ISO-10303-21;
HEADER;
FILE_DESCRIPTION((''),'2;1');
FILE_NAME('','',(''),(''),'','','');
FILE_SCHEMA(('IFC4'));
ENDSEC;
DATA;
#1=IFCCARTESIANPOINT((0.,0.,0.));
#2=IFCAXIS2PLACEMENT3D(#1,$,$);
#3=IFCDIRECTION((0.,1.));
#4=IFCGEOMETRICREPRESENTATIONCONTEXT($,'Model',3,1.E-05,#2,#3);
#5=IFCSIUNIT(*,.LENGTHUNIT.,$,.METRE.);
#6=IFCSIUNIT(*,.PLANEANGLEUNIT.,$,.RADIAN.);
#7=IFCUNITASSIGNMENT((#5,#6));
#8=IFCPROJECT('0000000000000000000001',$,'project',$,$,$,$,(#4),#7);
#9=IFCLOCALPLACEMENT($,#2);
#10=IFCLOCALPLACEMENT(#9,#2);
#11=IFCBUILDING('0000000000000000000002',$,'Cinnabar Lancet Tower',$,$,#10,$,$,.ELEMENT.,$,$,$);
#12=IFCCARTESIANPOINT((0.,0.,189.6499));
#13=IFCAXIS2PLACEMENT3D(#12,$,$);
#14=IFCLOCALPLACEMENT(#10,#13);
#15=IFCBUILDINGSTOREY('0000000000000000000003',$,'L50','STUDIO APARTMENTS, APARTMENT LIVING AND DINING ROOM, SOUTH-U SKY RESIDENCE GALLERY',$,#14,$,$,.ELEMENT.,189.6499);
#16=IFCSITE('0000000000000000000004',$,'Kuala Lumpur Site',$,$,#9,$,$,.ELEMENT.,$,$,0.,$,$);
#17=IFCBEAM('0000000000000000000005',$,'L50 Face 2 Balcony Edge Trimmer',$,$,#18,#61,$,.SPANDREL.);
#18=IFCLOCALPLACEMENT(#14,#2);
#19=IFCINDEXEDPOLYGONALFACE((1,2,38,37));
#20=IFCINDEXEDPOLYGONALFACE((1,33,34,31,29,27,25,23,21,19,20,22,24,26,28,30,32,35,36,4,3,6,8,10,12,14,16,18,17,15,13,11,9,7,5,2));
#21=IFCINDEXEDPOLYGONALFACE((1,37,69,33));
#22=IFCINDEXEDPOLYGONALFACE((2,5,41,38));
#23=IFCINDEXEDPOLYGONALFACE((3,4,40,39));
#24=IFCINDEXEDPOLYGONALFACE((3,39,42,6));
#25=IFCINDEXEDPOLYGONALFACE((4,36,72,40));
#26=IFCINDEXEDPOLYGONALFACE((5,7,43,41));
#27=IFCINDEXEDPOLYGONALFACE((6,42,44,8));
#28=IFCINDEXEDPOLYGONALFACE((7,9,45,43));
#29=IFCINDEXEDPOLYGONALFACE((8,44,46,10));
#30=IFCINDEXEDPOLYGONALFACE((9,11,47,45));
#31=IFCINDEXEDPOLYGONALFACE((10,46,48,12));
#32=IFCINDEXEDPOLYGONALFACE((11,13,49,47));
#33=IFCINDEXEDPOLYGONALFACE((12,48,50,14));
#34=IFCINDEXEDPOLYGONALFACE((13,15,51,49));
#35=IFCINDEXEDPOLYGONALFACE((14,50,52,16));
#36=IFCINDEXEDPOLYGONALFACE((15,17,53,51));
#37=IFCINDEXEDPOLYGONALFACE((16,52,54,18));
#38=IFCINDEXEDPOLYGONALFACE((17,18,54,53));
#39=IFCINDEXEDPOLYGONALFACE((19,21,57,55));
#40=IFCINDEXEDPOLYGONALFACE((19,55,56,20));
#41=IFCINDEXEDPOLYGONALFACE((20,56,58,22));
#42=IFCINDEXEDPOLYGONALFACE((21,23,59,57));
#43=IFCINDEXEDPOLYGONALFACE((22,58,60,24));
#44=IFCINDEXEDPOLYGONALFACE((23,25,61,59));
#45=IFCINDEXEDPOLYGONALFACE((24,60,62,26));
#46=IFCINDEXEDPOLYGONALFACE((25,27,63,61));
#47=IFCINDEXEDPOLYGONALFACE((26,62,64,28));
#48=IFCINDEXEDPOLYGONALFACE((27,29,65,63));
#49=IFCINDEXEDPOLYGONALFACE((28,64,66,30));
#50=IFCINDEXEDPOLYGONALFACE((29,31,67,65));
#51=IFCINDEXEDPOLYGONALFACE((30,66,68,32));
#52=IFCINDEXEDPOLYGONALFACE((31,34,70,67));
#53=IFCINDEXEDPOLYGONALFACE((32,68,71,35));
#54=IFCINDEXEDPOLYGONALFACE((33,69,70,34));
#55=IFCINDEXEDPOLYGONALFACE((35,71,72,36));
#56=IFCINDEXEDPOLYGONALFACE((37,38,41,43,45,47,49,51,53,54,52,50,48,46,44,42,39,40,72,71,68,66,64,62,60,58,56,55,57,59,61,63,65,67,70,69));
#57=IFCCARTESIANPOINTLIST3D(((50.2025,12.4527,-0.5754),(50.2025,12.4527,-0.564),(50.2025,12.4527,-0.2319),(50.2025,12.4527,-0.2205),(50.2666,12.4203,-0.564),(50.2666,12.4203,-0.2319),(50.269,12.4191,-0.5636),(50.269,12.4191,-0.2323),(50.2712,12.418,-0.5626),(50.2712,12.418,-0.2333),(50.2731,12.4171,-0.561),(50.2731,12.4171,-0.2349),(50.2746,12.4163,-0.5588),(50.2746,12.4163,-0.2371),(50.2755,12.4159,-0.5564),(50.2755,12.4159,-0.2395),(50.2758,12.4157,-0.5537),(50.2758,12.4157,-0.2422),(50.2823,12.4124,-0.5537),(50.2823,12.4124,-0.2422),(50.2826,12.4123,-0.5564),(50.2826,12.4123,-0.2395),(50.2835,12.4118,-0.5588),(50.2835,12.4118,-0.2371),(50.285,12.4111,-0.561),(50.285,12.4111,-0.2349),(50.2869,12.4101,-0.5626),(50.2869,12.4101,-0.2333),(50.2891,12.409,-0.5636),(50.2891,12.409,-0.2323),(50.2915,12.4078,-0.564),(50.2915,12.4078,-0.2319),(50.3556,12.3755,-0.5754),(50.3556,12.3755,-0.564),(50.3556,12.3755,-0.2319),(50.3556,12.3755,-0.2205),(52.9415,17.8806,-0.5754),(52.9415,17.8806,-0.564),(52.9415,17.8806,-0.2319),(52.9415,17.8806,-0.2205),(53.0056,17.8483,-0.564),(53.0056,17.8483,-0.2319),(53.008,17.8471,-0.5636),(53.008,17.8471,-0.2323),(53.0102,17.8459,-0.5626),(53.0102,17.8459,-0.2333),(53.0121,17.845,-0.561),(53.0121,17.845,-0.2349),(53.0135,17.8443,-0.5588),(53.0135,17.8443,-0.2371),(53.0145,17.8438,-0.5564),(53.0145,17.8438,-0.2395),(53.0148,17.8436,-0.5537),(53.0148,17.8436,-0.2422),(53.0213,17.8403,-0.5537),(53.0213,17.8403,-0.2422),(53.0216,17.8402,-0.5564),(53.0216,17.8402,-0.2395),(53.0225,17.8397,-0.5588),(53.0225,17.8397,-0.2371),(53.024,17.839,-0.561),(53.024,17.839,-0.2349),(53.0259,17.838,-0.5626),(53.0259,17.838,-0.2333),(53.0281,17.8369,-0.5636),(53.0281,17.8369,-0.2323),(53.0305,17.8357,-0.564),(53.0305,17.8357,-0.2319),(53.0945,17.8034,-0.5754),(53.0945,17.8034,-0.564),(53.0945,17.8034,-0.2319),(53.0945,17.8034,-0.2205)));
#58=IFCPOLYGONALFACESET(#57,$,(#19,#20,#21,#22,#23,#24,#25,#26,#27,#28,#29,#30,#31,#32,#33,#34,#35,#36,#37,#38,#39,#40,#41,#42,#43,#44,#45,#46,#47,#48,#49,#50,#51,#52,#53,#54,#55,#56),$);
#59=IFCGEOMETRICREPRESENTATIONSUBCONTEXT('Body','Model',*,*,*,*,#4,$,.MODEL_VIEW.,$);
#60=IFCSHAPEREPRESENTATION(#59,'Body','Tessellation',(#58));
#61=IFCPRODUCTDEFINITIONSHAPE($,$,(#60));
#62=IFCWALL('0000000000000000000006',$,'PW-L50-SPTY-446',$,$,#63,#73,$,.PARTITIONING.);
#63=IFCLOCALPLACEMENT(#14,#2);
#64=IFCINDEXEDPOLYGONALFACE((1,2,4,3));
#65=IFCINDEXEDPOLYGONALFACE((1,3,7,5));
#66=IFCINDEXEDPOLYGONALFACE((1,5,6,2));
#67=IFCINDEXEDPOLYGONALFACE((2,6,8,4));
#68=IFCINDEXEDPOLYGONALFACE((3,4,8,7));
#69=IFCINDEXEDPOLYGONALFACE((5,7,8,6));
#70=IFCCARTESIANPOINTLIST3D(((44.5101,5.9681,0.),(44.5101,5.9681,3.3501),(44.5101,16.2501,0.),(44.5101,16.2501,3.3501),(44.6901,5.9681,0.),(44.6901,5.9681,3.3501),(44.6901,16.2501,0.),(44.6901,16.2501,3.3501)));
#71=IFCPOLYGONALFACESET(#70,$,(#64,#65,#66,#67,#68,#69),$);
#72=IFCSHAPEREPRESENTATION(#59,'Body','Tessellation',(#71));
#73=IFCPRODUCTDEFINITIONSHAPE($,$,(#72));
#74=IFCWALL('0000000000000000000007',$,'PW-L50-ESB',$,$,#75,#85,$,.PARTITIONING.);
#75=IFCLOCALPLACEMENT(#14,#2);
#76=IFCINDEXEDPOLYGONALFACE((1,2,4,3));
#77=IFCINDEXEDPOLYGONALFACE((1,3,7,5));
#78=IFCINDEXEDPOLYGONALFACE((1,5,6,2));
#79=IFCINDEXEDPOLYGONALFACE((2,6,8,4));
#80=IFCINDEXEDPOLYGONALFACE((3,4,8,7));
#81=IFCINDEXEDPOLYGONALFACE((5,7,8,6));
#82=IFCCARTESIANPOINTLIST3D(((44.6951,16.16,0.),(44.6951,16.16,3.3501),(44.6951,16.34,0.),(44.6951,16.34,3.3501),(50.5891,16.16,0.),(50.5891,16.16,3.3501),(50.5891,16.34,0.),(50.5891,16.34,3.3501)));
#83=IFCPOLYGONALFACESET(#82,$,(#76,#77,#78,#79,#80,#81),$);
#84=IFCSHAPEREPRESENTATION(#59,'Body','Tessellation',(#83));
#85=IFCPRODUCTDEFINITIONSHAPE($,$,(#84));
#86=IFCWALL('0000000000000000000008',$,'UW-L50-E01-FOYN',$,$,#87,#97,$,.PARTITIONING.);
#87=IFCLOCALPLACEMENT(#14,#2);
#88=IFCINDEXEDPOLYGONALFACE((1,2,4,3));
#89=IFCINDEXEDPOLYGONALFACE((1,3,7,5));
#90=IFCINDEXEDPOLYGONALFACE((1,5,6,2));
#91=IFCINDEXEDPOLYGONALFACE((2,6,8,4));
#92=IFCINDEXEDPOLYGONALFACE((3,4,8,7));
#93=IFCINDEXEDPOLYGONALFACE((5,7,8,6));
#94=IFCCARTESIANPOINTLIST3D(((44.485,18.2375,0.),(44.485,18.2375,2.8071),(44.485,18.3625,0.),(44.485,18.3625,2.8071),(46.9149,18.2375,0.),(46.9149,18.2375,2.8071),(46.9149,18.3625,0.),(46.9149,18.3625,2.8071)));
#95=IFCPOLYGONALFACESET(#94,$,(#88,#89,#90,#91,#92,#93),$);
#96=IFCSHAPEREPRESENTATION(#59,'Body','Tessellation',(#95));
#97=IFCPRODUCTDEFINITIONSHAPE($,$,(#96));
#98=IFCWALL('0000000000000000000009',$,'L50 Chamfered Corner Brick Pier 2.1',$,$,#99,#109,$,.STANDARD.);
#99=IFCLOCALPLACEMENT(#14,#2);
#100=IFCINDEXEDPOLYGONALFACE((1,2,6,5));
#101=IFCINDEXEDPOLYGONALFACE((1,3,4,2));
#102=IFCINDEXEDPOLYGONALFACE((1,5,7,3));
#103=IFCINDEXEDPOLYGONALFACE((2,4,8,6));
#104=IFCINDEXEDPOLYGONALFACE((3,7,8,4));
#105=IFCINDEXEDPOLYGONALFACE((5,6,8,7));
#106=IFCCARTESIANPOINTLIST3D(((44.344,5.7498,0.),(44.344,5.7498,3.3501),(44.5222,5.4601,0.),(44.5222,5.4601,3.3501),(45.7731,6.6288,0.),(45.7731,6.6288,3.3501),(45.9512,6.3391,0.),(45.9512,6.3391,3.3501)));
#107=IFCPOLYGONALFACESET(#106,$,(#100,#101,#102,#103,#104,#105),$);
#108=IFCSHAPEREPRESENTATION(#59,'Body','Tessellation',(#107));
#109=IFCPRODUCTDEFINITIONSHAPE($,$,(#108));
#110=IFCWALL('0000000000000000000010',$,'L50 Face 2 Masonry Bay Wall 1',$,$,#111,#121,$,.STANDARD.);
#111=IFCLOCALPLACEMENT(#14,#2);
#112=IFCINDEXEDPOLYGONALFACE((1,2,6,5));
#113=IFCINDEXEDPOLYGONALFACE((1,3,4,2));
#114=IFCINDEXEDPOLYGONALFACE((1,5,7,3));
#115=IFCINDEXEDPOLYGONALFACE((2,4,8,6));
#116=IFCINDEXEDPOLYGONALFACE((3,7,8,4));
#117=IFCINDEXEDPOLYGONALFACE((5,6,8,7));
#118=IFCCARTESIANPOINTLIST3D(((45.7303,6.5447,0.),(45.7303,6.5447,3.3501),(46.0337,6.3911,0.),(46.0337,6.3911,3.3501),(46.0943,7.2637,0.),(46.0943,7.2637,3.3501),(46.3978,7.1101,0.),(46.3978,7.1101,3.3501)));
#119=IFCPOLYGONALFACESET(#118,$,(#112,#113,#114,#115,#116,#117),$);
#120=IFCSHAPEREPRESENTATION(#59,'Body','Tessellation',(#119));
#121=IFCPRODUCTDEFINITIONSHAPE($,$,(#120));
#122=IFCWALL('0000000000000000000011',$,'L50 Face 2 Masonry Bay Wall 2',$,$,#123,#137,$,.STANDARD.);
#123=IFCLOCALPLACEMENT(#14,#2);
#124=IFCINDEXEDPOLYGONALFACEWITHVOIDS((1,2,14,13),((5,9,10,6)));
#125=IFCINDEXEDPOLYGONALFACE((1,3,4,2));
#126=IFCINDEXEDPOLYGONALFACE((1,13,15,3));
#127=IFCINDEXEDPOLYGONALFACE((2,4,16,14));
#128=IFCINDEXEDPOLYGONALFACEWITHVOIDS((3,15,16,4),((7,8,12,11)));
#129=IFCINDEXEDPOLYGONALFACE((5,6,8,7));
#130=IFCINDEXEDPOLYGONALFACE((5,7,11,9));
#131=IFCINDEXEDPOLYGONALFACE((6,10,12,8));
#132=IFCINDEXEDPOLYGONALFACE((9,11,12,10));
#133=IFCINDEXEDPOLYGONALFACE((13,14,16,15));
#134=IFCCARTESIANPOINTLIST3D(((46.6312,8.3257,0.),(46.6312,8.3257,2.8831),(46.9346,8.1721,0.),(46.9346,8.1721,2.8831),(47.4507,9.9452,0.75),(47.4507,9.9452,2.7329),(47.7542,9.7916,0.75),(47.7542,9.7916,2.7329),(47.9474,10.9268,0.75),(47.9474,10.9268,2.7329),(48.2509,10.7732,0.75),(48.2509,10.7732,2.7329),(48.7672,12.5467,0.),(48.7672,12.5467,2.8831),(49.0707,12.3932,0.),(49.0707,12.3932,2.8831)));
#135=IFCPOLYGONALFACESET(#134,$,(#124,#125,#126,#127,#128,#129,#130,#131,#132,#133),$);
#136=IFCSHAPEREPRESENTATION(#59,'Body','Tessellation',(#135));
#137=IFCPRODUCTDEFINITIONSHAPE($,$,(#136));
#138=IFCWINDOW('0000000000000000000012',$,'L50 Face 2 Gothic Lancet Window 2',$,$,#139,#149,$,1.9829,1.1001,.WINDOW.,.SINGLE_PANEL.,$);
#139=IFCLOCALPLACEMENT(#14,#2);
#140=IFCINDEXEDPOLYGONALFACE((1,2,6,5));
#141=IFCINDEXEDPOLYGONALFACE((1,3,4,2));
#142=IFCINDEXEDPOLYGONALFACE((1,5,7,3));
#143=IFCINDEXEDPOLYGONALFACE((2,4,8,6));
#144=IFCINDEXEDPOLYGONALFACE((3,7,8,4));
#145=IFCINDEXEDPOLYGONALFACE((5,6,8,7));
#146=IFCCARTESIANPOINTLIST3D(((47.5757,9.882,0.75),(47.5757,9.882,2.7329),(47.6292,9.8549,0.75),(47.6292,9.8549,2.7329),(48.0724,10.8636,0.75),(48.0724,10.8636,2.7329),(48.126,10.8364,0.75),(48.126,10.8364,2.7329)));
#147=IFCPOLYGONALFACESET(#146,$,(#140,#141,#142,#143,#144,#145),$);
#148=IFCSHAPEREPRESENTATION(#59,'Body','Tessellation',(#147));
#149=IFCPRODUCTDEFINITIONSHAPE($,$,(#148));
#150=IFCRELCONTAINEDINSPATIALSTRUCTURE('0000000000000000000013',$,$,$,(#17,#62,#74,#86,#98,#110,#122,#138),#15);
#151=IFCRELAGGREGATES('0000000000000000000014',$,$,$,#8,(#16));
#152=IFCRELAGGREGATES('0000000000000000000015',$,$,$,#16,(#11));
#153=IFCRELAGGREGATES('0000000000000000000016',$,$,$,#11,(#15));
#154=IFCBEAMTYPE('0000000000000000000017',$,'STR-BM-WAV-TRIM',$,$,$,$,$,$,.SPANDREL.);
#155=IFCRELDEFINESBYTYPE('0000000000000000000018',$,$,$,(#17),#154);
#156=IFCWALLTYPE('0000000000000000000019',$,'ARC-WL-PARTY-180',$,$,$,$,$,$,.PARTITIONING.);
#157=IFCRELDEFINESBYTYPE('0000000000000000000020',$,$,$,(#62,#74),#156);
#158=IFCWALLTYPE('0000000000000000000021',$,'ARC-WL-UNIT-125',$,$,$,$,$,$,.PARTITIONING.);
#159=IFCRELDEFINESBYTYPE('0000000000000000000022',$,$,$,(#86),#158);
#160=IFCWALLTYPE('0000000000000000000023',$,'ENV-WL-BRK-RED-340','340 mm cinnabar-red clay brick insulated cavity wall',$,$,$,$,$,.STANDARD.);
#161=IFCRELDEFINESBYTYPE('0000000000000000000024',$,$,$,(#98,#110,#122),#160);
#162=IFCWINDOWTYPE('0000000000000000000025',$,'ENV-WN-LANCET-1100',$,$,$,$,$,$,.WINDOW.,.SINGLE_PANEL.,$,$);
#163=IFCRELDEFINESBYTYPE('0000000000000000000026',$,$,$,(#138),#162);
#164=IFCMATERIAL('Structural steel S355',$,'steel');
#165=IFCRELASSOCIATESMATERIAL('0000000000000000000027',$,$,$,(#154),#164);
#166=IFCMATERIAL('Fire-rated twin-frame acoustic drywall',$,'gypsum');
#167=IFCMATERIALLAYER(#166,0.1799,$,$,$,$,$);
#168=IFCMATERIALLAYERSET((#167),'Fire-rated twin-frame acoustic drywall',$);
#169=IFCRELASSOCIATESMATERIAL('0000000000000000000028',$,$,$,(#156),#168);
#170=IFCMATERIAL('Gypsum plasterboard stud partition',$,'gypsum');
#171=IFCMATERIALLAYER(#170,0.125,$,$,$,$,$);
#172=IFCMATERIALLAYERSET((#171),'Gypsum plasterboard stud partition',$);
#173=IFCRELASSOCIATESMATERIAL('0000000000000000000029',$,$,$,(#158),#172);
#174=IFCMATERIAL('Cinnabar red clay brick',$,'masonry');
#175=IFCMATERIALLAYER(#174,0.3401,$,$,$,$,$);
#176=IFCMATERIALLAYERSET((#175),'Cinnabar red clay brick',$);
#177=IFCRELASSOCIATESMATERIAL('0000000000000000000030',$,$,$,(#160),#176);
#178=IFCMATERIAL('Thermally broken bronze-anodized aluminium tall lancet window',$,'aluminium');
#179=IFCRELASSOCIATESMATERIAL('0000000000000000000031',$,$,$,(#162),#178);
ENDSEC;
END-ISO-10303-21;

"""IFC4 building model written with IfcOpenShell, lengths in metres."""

from ifc_helpers import new_model, si_unit, direction, frame, frame_2d, origin, origin_2d, place, context, subcontext, project, spatial, rectangle, i_section, extrude, material, layer, layer_set, material_profile, profile_set, type_object, element, fill, save


model = new_model("IFC4")

# Units and contexts
model_context = context("Model", 3, precision=1e-05, world=origin(), true_north=direction((0.0, 1.0)))
body_context = subcontext(model_context, "Body", "Model", "MODEL_VIEW")
ifc_project = project(units=[si_unit("LENGTHUNIT", "METRE"), si_unit("PLANEANGLEUNIT", "RADIAN")], contexts=[model_context])

# Site, building, storey
site_placement = place(None, origin())
site = spatial("IfcSite", under=ifc_project, at=site_placement, Name="Kuala Lumpur Site", CompositionType="ELEMENT", RefElevation=0.0)
building_placement = place(site_placement, origin())
building = spatial("IfcBuilding", under=site, at=building_placement, Name="Cinnabar Lancet Tower", CompositionType="ELEMENT")
storey_placement = place(building_placement, frame((0.0, 0.0, 189.6499)))
storey = spatial("IfcBuildingStorey", under=building, at=storey_placement, Name="L50", Description="STUDIO APARTMENTS, APARTMENT LIVING AND DINING ROOM, SOUTH-U SKY RESIDENCE GALLERY", CompositionType="ELEMENT", Elevation=189.6499)

# Beam
ifc_material_1 = material(Name="Structural steel S355", Category="steel")
ifc_material_profile_1 = material_profile(ifc_material_1, i_section(OverallWidth=0.1714, OverallDepth=0.355, WebThickness=0.0073, FlangeThickness=0.0115, FilletRadius=0.0103, at=origin_2d()), Name="UKB 356x171x51")
ifc_profile_set_1 = profile_set([ifc_material_profile_1], Name="Structural steel S355")
beam_type_1 = type_object("IfcBeamType", Name="STR-BM-WAV-TRIM", PredefinedType="SPANDREL", material=ifc_profile_set_1)
beam_1_placement = place(storey_placement, frame((50.2791, 12.4141, -0.3979), z_axis=(0.450503, 0.892775, 0.0), x_axis=(-0.892775, 0.450503, 0.0)))
element("IfcBeam", 1, at=beam_1_placement, inside=storey, type_object=beam_type_1, Name="L50 Face 2 Balcony Edge Trimmer", PredefinedType="SPANDREL", context=body_context, shape_type="SweptSolid", body=[
    extrude(i_section(OverallWidth=0.1714, OverallDepth=0.355, WebThickness=0.0073, FlangeThickness=0.0115, FilletRadius=0.0103, at=origin_2d()), origin(), (0.0, 0.0, 1.0), 6.0798),
])

# Walls
ifc_material_2 = material(Name="Fire-rated twin-frame acoustic drywall", Category="gypsum")
ifc_layer_1 = layer(ifc_material_2, 0.1799)
ifc_layer_set_1 = layer_set([ifc_layer_1], Name="Fire-rated twin-frame acoustic drywall")
wall_type_1 = type_object("IfcWallType", Name="ARC-WL-PARTY-180", PredefinedType="PARTITIONING", material=ifc_layer_set_1)
wall_1_placement = place(storey_placement, frame((44.6001, 5.968, 0.0), z_axis=(0.0, 0.0, 1.0), x_axis=(0.0, 1.0, 0.0)))
element("IfcWall", 2, at=wall_1_placement, inside=storey, type_object=wall_type_1, Name="PW-L50-SPTY-446", PredefinedType="PARTITIONING", context=body_context, shape_type="SweptSolid", body=[
    extrude(rectangle(XDim=10.282, YDim=0.1799, at=frame_2d((5.1411, 0.0))), origin(), (0.0, 0.0, 1.0), 3.3501),
])
wall_2_placement = place(storey_placement, frame((44.6951, 16.25, 0.0), z_axis=(0.0, 0.0, 1.0), x_axis=(1.0, 0.0, 0.0)))
element("IfcWall", 3, at=wall_2_placement, inside=storey, type_object=wall_type_1, Name="PW-L50-ESB", PredefinedType="PARTITIONING", context=body_context, shape_type="SweptSolid", body=[
    extrude(rectangle(XDim=5.894, YDim=0.1799, at=frame_2d((2.947, 0.0))), origin(), (0.0, 0.0, 1.0), 3.3501),
])
ifc_material_3 = material(Name="Gypsum plasterboard stud partition", Category="gypsum")
ifc_layer_2 = layer(ifc_material_3, 0.125)
ifc_layer_set_2 = layer_set([ifc_layer_2], Name="Gypsum plasterboard stud partition")
wall_type_2 = type_object("IfcWallType", Name="ARC-WL-UNIT-125", PredefinedType="PARTITIONING", material=ifc_layer_set_2)
wall_3_placement = place(storey_placement, frame((44.4851, 18.3, 0.0), z_axis=(0.0, 0.0, 1.0), x_axis=(1.0, 0.0, 0.0)))
element("IfcWall", 4, at=wall_3_placement, inside=storey, type_object=wall_type_2, Name="UW-L50-E01-FOYN", PredefinedType="PARTITIONING", context=body_context, shape_type="SweptSolid", body=[
    extrude(rectangle(XDim=2.4299, YDim=0.125, at=frame_2d((1.2148, 0.0))), origin(), (0.0, 0.0, 1.0), 2.8071),
])
ifc_material_4 = material(Name="Cinnabar red clay brick", Category="masonry")
ifc_layer_3 = layer(ifc_material_4, 0.3401)
ifc_layer_set_3 = layer_set([ifc_layer_3], Name="Cinnabar red clay brick")
wall_type_3 = type_object("IfcWallType", Name="ENV-WL-BRK-RED-340", Description="340 mm cinnabar-red clay brick insulated cavity wall", PredefinedType="STANDARD", material=ifc_layer_set_3)
wall_4_placement = place(storey_placement, frame((44.4331, 5.605, 0.0), z_axis=(0.0, 0.0, 1.0), x_axis=(0.851778, 0.523903, 0.0)))
element("IfcWall", 5, at=wall_4_placement, inside=storey, type_object=wall_type_3, Name="L50 Chamfered Corner Brick Pier 2.1", PredefinedType="STANDARD", context=body_context, shape_type="SweptSolid", body=[
    extrude(rectangle(XDim=1.6777, YDim=0.3401, at=frame_2d((0.8389, 0.0))), origin(), (0.0, 0.0, 1.0), 3.3501),
])
wall_5_placement = place(storey_placement, frame((45.8821, 6.468, 0.0), z_axis=(0.0, 0.0, 1.0), x_axis=(0.451692, 0.892174, 0.0)))
element("IfcWall", 6, at=wall_5_placement, inside=storey, type_object=wall_type_3, Name="L50 Face 2 Masonry Bay Wall 1", PredefinedType="STANDARD", context=body_context, shape_type="SweptSolid", body=[
    extrude(rectangle(XDim=0.8059, YDim=0.3401, at=frame_2d((0.4028, 0.0))), origin(), (0.0, 0.0, 1.0), 3.3501),
])

# Wall, opening, window
wall_6_placement = place(storey_placement, frame((46.783, 8.249, 0.0), z_axis=(0.0, 0.0, 1.0), x_axis=(0.451523, 0.89226, 0.0)))
wall_6 = element("IfcWall", 7, at=wall_6_placement, inside=storey, type_object=wall_type_3, Name="L50 Face 2 Masonry Bay Wall 2", PredefinedType="STANDARD", context=body_context, shape_type="SweptSolid", body=[
    extrude(rectangle(XDim=4.7307, YDim=0.3401, at=frame_2d((2.3652, 0.0))), origin(), (0.0, 0.0, 1.0), 2.8831),
])
opening_1_placement = place(wall_6_placement, frame((1.8149, 0.0, 0.75)))
opening_1 = element("IfcOpeningElement", 8, at=opening_1_placement, cuts=wall_6, PredefinedType="OPENING", context=body_context, shape_type="SweptSolid", body=[
    extrude(rectangle(XDim=1.1001, YDim=1.9829, at=frame_2d((0.55, 0.9915))), frame((0.0, 0.1799, 0.0), z_axis=(0.0, -1.0, 0.0), x_axis=(1.0, 0.0, 0.0)), (0.0, 0.0, 1.0), 0.3601),
])
ifc_material_5 = material(Name="Thermally broken bronze-anodized aluminium tall lancet window", Category="aluminium")
window_type = type_object("IfcWindowType", Name="ENV-WN-LANCET-1100", PartitioningType="SINGLE_PANEL", PredefinedType="WINDOW", material=ifc_material_5)
window_1_placement = place(opening_1_placement, origin())
window_1 = element("IfcWindow", 9, at=window_1_placement, inside=storey, type_object=window_type, Name="L50 Face 2 Gothic Lancet Window 2", OverallHeight=1.9829, OverallWidth=1.1001, PartitioningType="SINGLE_PANEL", PredefinedType="WINDOW", context=body_context, shape_type="SweptSolid", body=[
    extrude(rectangle(XDim=1.1001, YDim=1.9829, at=frame_2d((0.55, 0.9915))), frame((0.0, 0.03, 0.0), z_axis=(0.0, -1.0, 0.0), x_axis=(1.0, 0.0, 0.0)), (0.0, 0.0, 1.0), 0.0601),
])
fill(opening_1, window_1)

save(model, "model.ifc")
